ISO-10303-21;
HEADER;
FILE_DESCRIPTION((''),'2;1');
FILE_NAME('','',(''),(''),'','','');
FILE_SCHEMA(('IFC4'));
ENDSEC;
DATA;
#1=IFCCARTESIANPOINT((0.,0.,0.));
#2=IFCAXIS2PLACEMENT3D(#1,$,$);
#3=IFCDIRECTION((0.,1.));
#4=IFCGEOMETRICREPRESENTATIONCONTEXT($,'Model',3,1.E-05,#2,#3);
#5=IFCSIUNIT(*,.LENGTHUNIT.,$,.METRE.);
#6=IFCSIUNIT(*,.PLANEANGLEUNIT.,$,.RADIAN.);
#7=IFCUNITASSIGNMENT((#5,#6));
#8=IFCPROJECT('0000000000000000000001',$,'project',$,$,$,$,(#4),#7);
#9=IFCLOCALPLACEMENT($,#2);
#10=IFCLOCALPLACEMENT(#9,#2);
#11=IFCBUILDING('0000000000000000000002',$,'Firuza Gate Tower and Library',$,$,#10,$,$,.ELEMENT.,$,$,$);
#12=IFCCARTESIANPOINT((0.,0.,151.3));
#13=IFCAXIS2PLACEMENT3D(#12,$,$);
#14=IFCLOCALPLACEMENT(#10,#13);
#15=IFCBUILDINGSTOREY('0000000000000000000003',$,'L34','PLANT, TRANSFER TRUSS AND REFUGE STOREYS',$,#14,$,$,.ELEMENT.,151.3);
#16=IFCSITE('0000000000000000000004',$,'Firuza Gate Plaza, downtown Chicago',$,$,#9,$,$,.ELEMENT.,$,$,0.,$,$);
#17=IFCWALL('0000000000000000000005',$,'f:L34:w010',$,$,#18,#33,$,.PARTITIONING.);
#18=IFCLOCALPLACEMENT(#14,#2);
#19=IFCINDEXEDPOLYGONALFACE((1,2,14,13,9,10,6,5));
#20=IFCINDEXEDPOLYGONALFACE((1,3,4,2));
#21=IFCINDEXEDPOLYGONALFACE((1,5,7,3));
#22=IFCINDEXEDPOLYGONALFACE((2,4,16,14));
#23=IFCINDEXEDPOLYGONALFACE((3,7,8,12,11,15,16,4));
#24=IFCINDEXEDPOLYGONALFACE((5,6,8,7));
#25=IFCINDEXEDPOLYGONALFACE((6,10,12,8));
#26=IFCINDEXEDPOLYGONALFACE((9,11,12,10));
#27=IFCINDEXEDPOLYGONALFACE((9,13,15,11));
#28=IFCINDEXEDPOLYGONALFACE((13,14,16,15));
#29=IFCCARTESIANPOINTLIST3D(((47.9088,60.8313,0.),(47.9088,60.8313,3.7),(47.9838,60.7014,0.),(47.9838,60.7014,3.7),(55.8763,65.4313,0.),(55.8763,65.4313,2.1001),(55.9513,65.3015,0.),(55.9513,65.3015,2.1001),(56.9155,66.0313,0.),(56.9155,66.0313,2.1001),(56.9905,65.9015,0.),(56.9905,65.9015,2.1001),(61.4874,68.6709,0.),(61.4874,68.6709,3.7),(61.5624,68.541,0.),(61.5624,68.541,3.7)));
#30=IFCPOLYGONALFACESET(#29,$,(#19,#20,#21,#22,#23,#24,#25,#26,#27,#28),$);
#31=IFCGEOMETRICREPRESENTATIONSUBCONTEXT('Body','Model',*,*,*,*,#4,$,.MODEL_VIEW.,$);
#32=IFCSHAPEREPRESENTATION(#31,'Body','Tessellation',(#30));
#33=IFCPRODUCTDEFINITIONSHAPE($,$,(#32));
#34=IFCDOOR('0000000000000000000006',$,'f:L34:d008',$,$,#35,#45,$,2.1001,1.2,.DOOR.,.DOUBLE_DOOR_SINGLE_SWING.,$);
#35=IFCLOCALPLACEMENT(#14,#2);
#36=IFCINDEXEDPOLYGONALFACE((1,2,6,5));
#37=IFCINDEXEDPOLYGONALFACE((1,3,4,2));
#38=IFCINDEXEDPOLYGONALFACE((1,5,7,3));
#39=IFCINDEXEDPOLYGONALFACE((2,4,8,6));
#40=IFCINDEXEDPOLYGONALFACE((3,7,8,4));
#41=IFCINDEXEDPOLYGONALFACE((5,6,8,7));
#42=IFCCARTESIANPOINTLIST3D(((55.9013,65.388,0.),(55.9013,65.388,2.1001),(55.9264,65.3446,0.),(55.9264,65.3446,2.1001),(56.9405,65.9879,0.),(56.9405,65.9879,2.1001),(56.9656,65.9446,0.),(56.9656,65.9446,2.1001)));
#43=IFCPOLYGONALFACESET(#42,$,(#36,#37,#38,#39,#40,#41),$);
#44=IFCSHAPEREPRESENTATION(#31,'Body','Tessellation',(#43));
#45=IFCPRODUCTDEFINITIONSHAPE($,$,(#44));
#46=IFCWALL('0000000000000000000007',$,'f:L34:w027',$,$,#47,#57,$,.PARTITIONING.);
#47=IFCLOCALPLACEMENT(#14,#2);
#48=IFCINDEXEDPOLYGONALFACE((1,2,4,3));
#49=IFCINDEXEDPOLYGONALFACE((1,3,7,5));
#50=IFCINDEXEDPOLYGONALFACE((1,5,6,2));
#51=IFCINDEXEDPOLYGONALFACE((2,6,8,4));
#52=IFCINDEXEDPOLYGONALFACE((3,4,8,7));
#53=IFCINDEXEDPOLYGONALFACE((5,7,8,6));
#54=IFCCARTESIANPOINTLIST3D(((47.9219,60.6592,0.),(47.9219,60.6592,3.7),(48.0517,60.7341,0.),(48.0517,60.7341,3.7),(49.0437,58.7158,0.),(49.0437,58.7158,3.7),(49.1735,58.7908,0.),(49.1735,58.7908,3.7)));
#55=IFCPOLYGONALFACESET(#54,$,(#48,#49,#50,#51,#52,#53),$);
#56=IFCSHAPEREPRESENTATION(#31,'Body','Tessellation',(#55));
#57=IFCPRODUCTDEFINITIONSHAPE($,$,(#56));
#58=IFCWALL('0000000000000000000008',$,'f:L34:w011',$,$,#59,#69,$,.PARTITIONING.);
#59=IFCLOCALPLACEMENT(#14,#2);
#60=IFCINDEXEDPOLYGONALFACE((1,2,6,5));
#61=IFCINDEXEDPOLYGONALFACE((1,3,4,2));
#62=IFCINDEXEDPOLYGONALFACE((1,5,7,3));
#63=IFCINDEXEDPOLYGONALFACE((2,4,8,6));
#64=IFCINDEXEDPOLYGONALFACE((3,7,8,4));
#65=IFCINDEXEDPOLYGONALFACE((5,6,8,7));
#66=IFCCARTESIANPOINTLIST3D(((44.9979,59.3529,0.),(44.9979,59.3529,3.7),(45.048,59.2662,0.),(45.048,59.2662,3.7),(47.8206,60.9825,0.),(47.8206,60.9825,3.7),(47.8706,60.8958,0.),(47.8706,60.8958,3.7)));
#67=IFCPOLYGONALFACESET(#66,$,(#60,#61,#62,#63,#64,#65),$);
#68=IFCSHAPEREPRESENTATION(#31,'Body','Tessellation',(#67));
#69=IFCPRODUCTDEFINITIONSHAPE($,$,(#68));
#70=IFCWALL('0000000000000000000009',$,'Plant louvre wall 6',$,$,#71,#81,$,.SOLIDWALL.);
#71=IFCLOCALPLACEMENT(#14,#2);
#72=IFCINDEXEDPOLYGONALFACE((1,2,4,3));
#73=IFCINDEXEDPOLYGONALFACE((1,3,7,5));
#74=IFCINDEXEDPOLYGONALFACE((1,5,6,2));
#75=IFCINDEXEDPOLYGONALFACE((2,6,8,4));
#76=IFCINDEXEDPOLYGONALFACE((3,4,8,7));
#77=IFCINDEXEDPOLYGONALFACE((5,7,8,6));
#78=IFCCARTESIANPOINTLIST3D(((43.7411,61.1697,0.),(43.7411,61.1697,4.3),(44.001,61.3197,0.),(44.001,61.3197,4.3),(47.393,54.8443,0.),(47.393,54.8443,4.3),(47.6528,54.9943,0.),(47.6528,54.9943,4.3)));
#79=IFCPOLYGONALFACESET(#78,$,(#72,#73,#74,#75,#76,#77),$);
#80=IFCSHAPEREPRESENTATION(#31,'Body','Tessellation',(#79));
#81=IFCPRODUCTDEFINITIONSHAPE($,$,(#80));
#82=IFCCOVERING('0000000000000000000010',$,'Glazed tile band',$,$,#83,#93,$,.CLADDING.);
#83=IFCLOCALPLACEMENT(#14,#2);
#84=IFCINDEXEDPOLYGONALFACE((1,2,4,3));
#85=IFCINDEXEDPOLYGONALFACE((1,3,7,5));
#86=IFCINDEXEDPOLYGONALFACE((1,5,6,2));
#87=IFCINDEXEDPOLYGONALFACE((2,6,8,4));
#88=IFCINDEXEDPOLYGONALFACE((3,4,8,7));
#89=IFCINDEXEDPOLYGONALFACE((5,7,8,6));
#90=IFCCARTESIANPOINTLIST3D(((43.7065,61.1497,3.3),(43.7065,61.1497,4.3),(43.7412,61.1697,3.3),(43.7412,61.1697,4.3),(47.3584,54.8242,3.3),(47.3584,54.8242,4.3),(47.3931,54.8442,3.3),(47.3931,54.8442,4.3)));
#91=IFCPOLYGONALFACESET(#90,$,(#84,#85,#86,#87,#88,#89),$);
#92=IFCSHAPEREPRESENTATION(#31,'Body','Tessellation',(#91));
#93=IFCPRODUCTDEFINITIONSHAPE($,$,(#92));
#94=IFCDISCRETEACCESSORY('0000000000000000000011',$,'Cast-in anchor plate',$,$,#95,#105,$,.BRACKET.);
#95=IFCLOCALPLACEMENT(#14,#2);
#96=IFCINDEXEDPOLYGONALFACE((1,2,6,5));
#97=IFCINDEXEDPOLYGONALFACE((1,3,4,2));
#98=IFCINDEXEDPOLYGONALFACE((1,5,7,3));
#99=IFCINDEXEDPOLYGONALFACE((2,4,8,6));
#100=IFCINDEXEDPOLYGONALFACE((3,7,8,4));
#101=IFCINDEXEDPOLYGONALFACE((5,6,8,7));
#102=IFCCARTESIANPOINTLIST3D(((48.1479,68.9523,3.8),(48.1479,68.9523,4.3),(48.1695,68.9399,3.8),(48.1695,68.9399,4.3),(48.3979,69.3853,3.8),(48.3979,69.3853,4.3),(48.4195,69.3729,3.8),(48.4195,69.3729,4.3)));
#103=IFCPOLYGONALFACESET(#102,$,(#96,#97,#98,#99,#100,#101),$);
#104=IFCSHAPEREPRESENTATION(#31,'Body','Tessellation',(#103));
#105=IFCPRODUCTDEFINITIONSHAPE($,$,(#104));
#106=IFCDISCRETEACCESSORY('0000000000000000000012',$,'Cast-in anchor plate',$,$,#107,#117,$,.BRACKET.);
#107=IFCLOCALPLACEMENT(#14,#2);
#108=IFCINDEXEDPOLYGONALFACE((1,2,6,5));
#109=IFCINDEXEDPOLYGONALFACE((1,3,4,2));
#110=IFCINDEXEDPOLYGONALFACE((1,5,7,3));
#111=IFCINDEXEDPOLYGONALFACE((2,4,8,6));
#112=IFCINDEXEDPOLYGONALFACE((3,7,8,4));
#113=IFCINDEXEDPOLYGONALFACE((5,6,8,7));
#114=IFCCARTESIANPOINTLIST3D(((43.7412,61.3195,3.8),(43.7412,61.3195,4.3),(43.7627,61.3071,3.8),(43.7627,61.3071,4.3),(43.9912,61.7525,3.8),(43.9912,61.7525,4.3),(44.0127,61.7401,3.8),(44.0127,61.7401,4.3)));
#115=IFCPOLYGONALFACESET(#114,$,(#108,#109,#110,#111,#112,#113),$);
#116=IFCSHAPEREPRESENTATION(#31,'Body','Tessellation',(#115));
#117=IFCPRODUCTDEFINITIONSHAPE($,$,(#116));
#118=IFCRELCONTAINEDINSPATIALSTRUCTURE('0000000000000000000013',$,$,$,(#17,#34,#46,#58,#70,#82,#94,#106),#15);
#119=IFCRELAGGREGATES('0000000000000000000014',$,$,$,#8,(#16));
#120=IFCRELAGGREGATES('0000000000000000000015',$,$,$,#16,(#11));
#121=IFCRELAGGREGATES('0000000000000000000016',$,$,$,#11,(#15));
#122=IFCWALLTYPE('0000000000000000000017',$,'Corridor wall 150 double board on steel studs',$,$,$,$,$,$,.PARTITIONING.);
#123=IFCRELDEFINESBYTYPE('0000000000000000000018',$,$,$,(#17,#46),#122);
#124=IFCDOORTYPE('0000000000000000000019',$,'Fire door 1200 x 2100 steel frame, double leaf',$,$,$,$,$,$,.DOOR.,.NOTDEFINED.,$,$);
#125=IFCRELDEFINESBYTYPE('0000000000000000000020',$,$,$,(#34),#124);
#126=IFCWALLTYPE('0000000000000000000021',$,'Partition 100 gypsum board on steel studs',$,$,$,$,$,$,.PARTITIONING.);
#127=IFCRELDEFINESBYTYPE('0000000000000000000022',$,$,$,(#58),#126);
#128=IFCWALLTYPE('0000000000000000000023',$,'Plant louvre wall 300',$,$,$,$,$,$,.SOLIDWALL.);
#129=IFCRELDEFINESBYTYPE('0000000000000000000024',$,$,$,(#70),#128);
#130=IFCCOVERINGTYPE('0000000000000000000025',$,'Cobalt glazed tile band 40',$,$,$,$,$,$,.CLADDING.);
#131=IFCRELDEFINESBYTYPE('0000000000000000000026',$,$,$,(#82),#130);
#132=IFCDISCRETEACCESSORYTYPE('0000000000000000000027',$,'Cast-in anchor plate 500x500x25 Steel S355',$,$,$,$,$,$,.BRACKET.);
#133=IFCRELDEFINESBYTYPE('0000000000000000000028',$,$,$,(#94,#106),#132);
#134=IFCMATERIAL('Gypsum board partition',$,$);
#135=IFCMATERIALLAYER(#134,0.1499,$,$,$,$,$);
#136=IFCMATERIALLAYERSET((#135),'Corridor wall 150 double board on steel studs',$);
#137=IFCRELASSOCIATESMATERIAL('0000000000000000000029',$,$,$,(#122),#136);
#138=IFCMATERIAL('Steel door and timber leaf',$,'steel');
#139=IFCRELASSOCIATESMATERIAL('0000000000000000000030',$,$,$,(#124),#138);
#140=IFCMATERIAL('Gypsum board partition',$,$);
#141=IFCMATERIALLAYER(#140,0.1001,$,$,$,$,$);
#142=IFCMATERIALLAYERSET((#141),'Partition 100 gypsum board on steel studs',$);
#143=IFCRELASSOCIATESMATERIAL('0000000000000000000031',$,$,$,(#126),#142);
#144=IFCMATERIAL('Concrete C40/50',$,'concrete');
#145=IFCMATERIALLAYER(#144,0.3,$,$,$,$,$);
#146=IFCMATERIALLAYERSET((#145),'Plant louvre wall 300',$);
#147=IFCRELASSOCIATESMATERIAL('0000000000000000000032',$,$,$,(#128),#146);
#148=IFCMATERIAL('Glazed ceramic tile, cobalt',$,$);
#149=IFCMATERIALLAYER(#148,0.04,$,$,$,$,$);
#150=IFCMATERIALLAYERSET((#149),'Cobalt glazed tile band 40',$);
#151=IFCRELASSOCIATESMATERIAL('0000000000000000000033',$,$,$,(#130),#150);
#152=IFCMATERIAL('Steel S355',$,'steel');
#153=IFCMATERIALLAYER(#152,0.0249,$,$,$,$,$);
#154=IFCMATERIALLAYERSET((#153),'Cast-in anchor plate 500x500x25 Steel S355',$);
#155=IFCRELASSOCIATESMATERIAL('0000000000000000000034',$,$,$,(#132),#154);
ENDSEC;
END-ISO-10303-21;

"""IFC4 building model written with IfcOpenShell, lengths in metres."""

from ifc_helpers import new_model, si_unit, direction, frame, frame_2d, origin, origin_2d, place, context, subcontext, project, spatial, polyline, rectangle, outline, extrude, material, layer, layer_set, type_object, element, fill, save


model = new_model("IFC4")

# Units and contexts
model_context = context("Model", 3, precision=1e-05, world=origin(), true_north=direction((0.0, 1.0)))
body_context = subcontext(model_context, "Body", "Model", "MODEL_VIEW")
ifc_project = project(units=[si_unit("LENGTHUNIT", "METRE"), si_unit("PLANEANGLEUNIT", "RADIAN")], contexts=[model_context])

# Site, building, storey
site_placement = place(None, origin())
site = spatial("IfcSite", under=ifc_project, at=site_placement, Name="Firuza Gate Plaza, downtown Chicago", CompositionType="ELEMENT", RefElevation=0.0)
building_placement = place(site_placement, origin())
building = spatial("IfcBuilding", under=site, at=building_placement, Name="Firuza Gate Tower and Library", CompositionType="ELEMENT")
storey_placement = place(building_placement, frame((0.0, 0.0, 151.3)))
storey = spatial("IfcBuildingStorey", under=building, at=storey_placement, Name="L34", Description="PLANT, TRANSFER TRUSS AND REFUGE STOREYS", CompositionType="ELEMENT", Elevation=151.3)

# Wall, opening, door
ifc_material_1 = material(Name="Gypsum board partition")
ifc_layer_1 = layer(ifc_material_1, 0.1499)
ifc_layer_set_1 = layer_set([ifc_layer_1], Name="Corridor wall 150 double board on steel studs")
wall_type_1 = type_object("IfcWallType", Name="Corridor wall 150 double board on steel studs", PredefinedType="PARTITIONING", material=ifc_layer_set_1)
wall_1_placement = place(storey_placement, frame((47.9463, 60.7664, 0.0), z_axis=(0.0, 0.0, 1.0), x_axis=(0.866026, 0.499999, 0.0)))
wall_1 = element("IfcWall", 1, at=wall_1_placement, inside=storey, type_object=wall_type_1, Name="f:L34:w010", PredefinedType="PARTITIONING", context=body_context, shape_type="SweptSolid", body=[
    extrude(rectangle(XDim=15.6792, YDim=0.1499, at=frame_2d((7.8396, 0.0))), origin(), (0.0, 0.0, 1.0), 3.7),
])
opening_placement = place(wall_1_placement, frame((9.2, 0.0, 0.0)))
opening = element("IfcOpeningElement", 2, at=opening_placement, cuts=wall_1, PredefinedType="OPENING", context=body_context, shape_type="SweptSolid", body=[
    extrude(rectangle(XDim=1.2, YDim=2.1001, at=frame_2d((0.6001, 1.05))), frame((0.0, 0.085, 0.0), z_axis=(0.0, -1.0, 0.0), x_axis=(1.0, 0.0, 0.0)), (0.0, 0.0, 1.0), 0.1699),
])
ifc_material_2 = material(Name="Steel door and timber leaf", Category="steel")
door_type = type_object("IfcDoorType", Name="Fire door 1200 x 2100 steel frame, double leaf", OperationType="NOTDEFINED", PredefinedType="DOOR", material=ifc_material_2)
door_placement = place(opening_placement, origin())
door = element("IfcDoor", 3, at=door_placement, inside=storey, type_object=door_type, Name="f:L34:d008", OperationType="DOUBLE_DOOR_SINGLE_SWING", OverallHeight=2.1001, OverallWidth=1.2, PredefinedType="DOOR", context=body_context, shape_type="SweptSolid", body=[
    extrude(rectangle(XDim=1.2, YDim=2.1001, at=frame_2d((0.6001, 1.05))), frame((0.0, 0.0249, 0.0), z_axis=(0.0, -1.0, 0.0), x_axis=(1.0, 0.0, 0.0)), (0.0, 0.0, 1.0), 0.05),
])
fill(opening, door)

# Walls
wall_2_placement = place(storey_placement, frame((49.1086, 58.7532, 0.0), z_axis=(0.0, 0.0, 1.0), x_axis=(-0.499942, 0.866059, 0.0)))
element("IfcWall", 4, at=wall_2_placement, inside=storey, type_object=wall_type_1, Name="f:L34:w027", PredefinedType="PARTITIONING", context=body_context, shape_type="SweptSolid", body=[
    extrude(rectangle(XDim=2.2439, YDim=0.1499, at=frame_2d((1.1221, 0.0))), origin(), (0.0, 0.0, 1.0), 3.7),
])
ifc_material_3 = material(Name="Gypsum board partition")
ifc_layer_2 = layer(ifc_material_3, 0.1001)
ifc_layer_set_2 = layer_set([ifc_layer_2], Name="Partition 100 gypsum board on steel studs")
wall_type_2 = type_object("IfcWallType", Name="Partition 100 gypsum board on steel studs", PredefinedType="PARTITIONING", material=ifc_layer_set_2)
wall_3_placement = place(storey_placement, frame((45.0229, 59.3096, 0.0), z_axis=(0.0, 0.0, 1.0), x_axis=(0.866036, 0.499982, 0.0)))
element("IfcWall", 5, at=wall_3_placement, inside=storey, type_object=wall_type_2, Name="f:L34:w011", PredefinedType="PARTITIONING", context=body_context, shape_type="SweptSolid", body=[
    extrude(rectangle(XDim=3.2593, YDim=0.1001, at=frame_2d((1.6296, 0.0))), origin(), (0.0, 0.0, 1.0), 3.7),
])
ifc_material_4 = material(Name="Concrete C40/50", Category="concrete")
ifc_layer_3 = layer(ifc_material_4, 0.3)
ifc_layer_set_3 = layer_set([ifc_layer_3], Name="Plant louvre wall 300")
wall_type_3 = type_object("IfcWallType", Name="Plant louvre wall 300", PredefinedType="SOLIDWALL", material=ifc_layer_set_3)
wall_4_placement = place(storey_placement, frame((43.8711, 61.2446, 0.0), z_axis=(0.0, 0.0, 1.0), x_axis=(0.499986, -0.866034, 0.0)))
element("IfcWall", 6, at=wall_4_placement, inside=storey, type_object=wall_type_3, Name="Plant louvre wall 6", PredefinedType="SOLIDWALL", context=body_context, shape_type="SweptSolid", body=[
    extrude(rectangle(XDim=7.304, YDim=0.3, at=frame_2d((3.6519, 0.0))), origin(), (0.0, 0.0, 1.0), 4.3),
])

# Covering
ifc_material_5 = material(Name="Glazed ceramic tile, cobalt")
ifc_layer_4 = layer(ifc_material_5, 0.04)
ifc_layer_set_4 = layer_set([ifc_layer_4], Name="Cobalt glazed tile band 40")
covering_type = type_object("IfcCoveringType", Name="Cobalt glazed tile band 40", PredefinedType="CLADDING", material=ifc_layer_set_4)
covering_placement = place(storey_placement, frame((43.7065, 61.1497, 3.3), z_axis=(-0.866034, -0.499986, 0.0), x_axis=(0.499986, -0.866034, 0.0)))
element("IfcCovering", 7, at=covering_placement, inside=storey, type_object=covering_type, Name="Glazed tile band", PredefinedType="CLADDING", context=body_context, shape_type="SweptSolid", body=[
    extrude(outline(polyline([(0.0, 0.0), (7.3039, 0.0), (7.3039, 1.0), (0.0, 1.0), (0.0, 0.0)])), origin(), (0.0, 0.0, -1.0), 0.04),
])

# Discrete accessories
ifc_material_6 = material(Name="Steel S355", Category="steel")
ifc_layer_5 = layer(ifc_material_6, 0.0249)
ifc_layer_set_5 = layer_set([ifc_layer_5], Name="Cast-in anchor plate 500x500x25 Steel S355")
discrete_accessory_type = type_object("IfcDiscreteAccessoryType", Name="Cast-in anchor plate 500x500x25 Steel S355", PredefinedType="BRACKET", material=ifc_layer_set_5)
for number, where, z_axis, x_axis, name in (
    (8, (48.2837, 69.1626, 3.8), (0.0, 0.0, 1.0), (-0.5, -0.866025, 0.0), "Cast-in anchor plate"),
    (9, (43.877, 61.5298, 3.8), (0.0, 0.0, 1.0), (-0.5, -0.866025, 0.0), "Cast-in anchor plate"),
):
    element("IfcDiscreteAccessory", number, at=place(storey_placement, frame(where, z_axis=z_axis, x_axis=x_axis)), inside=storey, type_object=discrete_accessory_type, Name=name, PredefinedType="BRACKET", context=body_context, shape_type="SweptSolid", body=[
        extrude(rectangle(XDim=0.5, YDim=0.0249, at=origin_2d()), origin(), (0.0, 0.0, 1.0), 0.5),
    ])

save(model, "model.ifc")
